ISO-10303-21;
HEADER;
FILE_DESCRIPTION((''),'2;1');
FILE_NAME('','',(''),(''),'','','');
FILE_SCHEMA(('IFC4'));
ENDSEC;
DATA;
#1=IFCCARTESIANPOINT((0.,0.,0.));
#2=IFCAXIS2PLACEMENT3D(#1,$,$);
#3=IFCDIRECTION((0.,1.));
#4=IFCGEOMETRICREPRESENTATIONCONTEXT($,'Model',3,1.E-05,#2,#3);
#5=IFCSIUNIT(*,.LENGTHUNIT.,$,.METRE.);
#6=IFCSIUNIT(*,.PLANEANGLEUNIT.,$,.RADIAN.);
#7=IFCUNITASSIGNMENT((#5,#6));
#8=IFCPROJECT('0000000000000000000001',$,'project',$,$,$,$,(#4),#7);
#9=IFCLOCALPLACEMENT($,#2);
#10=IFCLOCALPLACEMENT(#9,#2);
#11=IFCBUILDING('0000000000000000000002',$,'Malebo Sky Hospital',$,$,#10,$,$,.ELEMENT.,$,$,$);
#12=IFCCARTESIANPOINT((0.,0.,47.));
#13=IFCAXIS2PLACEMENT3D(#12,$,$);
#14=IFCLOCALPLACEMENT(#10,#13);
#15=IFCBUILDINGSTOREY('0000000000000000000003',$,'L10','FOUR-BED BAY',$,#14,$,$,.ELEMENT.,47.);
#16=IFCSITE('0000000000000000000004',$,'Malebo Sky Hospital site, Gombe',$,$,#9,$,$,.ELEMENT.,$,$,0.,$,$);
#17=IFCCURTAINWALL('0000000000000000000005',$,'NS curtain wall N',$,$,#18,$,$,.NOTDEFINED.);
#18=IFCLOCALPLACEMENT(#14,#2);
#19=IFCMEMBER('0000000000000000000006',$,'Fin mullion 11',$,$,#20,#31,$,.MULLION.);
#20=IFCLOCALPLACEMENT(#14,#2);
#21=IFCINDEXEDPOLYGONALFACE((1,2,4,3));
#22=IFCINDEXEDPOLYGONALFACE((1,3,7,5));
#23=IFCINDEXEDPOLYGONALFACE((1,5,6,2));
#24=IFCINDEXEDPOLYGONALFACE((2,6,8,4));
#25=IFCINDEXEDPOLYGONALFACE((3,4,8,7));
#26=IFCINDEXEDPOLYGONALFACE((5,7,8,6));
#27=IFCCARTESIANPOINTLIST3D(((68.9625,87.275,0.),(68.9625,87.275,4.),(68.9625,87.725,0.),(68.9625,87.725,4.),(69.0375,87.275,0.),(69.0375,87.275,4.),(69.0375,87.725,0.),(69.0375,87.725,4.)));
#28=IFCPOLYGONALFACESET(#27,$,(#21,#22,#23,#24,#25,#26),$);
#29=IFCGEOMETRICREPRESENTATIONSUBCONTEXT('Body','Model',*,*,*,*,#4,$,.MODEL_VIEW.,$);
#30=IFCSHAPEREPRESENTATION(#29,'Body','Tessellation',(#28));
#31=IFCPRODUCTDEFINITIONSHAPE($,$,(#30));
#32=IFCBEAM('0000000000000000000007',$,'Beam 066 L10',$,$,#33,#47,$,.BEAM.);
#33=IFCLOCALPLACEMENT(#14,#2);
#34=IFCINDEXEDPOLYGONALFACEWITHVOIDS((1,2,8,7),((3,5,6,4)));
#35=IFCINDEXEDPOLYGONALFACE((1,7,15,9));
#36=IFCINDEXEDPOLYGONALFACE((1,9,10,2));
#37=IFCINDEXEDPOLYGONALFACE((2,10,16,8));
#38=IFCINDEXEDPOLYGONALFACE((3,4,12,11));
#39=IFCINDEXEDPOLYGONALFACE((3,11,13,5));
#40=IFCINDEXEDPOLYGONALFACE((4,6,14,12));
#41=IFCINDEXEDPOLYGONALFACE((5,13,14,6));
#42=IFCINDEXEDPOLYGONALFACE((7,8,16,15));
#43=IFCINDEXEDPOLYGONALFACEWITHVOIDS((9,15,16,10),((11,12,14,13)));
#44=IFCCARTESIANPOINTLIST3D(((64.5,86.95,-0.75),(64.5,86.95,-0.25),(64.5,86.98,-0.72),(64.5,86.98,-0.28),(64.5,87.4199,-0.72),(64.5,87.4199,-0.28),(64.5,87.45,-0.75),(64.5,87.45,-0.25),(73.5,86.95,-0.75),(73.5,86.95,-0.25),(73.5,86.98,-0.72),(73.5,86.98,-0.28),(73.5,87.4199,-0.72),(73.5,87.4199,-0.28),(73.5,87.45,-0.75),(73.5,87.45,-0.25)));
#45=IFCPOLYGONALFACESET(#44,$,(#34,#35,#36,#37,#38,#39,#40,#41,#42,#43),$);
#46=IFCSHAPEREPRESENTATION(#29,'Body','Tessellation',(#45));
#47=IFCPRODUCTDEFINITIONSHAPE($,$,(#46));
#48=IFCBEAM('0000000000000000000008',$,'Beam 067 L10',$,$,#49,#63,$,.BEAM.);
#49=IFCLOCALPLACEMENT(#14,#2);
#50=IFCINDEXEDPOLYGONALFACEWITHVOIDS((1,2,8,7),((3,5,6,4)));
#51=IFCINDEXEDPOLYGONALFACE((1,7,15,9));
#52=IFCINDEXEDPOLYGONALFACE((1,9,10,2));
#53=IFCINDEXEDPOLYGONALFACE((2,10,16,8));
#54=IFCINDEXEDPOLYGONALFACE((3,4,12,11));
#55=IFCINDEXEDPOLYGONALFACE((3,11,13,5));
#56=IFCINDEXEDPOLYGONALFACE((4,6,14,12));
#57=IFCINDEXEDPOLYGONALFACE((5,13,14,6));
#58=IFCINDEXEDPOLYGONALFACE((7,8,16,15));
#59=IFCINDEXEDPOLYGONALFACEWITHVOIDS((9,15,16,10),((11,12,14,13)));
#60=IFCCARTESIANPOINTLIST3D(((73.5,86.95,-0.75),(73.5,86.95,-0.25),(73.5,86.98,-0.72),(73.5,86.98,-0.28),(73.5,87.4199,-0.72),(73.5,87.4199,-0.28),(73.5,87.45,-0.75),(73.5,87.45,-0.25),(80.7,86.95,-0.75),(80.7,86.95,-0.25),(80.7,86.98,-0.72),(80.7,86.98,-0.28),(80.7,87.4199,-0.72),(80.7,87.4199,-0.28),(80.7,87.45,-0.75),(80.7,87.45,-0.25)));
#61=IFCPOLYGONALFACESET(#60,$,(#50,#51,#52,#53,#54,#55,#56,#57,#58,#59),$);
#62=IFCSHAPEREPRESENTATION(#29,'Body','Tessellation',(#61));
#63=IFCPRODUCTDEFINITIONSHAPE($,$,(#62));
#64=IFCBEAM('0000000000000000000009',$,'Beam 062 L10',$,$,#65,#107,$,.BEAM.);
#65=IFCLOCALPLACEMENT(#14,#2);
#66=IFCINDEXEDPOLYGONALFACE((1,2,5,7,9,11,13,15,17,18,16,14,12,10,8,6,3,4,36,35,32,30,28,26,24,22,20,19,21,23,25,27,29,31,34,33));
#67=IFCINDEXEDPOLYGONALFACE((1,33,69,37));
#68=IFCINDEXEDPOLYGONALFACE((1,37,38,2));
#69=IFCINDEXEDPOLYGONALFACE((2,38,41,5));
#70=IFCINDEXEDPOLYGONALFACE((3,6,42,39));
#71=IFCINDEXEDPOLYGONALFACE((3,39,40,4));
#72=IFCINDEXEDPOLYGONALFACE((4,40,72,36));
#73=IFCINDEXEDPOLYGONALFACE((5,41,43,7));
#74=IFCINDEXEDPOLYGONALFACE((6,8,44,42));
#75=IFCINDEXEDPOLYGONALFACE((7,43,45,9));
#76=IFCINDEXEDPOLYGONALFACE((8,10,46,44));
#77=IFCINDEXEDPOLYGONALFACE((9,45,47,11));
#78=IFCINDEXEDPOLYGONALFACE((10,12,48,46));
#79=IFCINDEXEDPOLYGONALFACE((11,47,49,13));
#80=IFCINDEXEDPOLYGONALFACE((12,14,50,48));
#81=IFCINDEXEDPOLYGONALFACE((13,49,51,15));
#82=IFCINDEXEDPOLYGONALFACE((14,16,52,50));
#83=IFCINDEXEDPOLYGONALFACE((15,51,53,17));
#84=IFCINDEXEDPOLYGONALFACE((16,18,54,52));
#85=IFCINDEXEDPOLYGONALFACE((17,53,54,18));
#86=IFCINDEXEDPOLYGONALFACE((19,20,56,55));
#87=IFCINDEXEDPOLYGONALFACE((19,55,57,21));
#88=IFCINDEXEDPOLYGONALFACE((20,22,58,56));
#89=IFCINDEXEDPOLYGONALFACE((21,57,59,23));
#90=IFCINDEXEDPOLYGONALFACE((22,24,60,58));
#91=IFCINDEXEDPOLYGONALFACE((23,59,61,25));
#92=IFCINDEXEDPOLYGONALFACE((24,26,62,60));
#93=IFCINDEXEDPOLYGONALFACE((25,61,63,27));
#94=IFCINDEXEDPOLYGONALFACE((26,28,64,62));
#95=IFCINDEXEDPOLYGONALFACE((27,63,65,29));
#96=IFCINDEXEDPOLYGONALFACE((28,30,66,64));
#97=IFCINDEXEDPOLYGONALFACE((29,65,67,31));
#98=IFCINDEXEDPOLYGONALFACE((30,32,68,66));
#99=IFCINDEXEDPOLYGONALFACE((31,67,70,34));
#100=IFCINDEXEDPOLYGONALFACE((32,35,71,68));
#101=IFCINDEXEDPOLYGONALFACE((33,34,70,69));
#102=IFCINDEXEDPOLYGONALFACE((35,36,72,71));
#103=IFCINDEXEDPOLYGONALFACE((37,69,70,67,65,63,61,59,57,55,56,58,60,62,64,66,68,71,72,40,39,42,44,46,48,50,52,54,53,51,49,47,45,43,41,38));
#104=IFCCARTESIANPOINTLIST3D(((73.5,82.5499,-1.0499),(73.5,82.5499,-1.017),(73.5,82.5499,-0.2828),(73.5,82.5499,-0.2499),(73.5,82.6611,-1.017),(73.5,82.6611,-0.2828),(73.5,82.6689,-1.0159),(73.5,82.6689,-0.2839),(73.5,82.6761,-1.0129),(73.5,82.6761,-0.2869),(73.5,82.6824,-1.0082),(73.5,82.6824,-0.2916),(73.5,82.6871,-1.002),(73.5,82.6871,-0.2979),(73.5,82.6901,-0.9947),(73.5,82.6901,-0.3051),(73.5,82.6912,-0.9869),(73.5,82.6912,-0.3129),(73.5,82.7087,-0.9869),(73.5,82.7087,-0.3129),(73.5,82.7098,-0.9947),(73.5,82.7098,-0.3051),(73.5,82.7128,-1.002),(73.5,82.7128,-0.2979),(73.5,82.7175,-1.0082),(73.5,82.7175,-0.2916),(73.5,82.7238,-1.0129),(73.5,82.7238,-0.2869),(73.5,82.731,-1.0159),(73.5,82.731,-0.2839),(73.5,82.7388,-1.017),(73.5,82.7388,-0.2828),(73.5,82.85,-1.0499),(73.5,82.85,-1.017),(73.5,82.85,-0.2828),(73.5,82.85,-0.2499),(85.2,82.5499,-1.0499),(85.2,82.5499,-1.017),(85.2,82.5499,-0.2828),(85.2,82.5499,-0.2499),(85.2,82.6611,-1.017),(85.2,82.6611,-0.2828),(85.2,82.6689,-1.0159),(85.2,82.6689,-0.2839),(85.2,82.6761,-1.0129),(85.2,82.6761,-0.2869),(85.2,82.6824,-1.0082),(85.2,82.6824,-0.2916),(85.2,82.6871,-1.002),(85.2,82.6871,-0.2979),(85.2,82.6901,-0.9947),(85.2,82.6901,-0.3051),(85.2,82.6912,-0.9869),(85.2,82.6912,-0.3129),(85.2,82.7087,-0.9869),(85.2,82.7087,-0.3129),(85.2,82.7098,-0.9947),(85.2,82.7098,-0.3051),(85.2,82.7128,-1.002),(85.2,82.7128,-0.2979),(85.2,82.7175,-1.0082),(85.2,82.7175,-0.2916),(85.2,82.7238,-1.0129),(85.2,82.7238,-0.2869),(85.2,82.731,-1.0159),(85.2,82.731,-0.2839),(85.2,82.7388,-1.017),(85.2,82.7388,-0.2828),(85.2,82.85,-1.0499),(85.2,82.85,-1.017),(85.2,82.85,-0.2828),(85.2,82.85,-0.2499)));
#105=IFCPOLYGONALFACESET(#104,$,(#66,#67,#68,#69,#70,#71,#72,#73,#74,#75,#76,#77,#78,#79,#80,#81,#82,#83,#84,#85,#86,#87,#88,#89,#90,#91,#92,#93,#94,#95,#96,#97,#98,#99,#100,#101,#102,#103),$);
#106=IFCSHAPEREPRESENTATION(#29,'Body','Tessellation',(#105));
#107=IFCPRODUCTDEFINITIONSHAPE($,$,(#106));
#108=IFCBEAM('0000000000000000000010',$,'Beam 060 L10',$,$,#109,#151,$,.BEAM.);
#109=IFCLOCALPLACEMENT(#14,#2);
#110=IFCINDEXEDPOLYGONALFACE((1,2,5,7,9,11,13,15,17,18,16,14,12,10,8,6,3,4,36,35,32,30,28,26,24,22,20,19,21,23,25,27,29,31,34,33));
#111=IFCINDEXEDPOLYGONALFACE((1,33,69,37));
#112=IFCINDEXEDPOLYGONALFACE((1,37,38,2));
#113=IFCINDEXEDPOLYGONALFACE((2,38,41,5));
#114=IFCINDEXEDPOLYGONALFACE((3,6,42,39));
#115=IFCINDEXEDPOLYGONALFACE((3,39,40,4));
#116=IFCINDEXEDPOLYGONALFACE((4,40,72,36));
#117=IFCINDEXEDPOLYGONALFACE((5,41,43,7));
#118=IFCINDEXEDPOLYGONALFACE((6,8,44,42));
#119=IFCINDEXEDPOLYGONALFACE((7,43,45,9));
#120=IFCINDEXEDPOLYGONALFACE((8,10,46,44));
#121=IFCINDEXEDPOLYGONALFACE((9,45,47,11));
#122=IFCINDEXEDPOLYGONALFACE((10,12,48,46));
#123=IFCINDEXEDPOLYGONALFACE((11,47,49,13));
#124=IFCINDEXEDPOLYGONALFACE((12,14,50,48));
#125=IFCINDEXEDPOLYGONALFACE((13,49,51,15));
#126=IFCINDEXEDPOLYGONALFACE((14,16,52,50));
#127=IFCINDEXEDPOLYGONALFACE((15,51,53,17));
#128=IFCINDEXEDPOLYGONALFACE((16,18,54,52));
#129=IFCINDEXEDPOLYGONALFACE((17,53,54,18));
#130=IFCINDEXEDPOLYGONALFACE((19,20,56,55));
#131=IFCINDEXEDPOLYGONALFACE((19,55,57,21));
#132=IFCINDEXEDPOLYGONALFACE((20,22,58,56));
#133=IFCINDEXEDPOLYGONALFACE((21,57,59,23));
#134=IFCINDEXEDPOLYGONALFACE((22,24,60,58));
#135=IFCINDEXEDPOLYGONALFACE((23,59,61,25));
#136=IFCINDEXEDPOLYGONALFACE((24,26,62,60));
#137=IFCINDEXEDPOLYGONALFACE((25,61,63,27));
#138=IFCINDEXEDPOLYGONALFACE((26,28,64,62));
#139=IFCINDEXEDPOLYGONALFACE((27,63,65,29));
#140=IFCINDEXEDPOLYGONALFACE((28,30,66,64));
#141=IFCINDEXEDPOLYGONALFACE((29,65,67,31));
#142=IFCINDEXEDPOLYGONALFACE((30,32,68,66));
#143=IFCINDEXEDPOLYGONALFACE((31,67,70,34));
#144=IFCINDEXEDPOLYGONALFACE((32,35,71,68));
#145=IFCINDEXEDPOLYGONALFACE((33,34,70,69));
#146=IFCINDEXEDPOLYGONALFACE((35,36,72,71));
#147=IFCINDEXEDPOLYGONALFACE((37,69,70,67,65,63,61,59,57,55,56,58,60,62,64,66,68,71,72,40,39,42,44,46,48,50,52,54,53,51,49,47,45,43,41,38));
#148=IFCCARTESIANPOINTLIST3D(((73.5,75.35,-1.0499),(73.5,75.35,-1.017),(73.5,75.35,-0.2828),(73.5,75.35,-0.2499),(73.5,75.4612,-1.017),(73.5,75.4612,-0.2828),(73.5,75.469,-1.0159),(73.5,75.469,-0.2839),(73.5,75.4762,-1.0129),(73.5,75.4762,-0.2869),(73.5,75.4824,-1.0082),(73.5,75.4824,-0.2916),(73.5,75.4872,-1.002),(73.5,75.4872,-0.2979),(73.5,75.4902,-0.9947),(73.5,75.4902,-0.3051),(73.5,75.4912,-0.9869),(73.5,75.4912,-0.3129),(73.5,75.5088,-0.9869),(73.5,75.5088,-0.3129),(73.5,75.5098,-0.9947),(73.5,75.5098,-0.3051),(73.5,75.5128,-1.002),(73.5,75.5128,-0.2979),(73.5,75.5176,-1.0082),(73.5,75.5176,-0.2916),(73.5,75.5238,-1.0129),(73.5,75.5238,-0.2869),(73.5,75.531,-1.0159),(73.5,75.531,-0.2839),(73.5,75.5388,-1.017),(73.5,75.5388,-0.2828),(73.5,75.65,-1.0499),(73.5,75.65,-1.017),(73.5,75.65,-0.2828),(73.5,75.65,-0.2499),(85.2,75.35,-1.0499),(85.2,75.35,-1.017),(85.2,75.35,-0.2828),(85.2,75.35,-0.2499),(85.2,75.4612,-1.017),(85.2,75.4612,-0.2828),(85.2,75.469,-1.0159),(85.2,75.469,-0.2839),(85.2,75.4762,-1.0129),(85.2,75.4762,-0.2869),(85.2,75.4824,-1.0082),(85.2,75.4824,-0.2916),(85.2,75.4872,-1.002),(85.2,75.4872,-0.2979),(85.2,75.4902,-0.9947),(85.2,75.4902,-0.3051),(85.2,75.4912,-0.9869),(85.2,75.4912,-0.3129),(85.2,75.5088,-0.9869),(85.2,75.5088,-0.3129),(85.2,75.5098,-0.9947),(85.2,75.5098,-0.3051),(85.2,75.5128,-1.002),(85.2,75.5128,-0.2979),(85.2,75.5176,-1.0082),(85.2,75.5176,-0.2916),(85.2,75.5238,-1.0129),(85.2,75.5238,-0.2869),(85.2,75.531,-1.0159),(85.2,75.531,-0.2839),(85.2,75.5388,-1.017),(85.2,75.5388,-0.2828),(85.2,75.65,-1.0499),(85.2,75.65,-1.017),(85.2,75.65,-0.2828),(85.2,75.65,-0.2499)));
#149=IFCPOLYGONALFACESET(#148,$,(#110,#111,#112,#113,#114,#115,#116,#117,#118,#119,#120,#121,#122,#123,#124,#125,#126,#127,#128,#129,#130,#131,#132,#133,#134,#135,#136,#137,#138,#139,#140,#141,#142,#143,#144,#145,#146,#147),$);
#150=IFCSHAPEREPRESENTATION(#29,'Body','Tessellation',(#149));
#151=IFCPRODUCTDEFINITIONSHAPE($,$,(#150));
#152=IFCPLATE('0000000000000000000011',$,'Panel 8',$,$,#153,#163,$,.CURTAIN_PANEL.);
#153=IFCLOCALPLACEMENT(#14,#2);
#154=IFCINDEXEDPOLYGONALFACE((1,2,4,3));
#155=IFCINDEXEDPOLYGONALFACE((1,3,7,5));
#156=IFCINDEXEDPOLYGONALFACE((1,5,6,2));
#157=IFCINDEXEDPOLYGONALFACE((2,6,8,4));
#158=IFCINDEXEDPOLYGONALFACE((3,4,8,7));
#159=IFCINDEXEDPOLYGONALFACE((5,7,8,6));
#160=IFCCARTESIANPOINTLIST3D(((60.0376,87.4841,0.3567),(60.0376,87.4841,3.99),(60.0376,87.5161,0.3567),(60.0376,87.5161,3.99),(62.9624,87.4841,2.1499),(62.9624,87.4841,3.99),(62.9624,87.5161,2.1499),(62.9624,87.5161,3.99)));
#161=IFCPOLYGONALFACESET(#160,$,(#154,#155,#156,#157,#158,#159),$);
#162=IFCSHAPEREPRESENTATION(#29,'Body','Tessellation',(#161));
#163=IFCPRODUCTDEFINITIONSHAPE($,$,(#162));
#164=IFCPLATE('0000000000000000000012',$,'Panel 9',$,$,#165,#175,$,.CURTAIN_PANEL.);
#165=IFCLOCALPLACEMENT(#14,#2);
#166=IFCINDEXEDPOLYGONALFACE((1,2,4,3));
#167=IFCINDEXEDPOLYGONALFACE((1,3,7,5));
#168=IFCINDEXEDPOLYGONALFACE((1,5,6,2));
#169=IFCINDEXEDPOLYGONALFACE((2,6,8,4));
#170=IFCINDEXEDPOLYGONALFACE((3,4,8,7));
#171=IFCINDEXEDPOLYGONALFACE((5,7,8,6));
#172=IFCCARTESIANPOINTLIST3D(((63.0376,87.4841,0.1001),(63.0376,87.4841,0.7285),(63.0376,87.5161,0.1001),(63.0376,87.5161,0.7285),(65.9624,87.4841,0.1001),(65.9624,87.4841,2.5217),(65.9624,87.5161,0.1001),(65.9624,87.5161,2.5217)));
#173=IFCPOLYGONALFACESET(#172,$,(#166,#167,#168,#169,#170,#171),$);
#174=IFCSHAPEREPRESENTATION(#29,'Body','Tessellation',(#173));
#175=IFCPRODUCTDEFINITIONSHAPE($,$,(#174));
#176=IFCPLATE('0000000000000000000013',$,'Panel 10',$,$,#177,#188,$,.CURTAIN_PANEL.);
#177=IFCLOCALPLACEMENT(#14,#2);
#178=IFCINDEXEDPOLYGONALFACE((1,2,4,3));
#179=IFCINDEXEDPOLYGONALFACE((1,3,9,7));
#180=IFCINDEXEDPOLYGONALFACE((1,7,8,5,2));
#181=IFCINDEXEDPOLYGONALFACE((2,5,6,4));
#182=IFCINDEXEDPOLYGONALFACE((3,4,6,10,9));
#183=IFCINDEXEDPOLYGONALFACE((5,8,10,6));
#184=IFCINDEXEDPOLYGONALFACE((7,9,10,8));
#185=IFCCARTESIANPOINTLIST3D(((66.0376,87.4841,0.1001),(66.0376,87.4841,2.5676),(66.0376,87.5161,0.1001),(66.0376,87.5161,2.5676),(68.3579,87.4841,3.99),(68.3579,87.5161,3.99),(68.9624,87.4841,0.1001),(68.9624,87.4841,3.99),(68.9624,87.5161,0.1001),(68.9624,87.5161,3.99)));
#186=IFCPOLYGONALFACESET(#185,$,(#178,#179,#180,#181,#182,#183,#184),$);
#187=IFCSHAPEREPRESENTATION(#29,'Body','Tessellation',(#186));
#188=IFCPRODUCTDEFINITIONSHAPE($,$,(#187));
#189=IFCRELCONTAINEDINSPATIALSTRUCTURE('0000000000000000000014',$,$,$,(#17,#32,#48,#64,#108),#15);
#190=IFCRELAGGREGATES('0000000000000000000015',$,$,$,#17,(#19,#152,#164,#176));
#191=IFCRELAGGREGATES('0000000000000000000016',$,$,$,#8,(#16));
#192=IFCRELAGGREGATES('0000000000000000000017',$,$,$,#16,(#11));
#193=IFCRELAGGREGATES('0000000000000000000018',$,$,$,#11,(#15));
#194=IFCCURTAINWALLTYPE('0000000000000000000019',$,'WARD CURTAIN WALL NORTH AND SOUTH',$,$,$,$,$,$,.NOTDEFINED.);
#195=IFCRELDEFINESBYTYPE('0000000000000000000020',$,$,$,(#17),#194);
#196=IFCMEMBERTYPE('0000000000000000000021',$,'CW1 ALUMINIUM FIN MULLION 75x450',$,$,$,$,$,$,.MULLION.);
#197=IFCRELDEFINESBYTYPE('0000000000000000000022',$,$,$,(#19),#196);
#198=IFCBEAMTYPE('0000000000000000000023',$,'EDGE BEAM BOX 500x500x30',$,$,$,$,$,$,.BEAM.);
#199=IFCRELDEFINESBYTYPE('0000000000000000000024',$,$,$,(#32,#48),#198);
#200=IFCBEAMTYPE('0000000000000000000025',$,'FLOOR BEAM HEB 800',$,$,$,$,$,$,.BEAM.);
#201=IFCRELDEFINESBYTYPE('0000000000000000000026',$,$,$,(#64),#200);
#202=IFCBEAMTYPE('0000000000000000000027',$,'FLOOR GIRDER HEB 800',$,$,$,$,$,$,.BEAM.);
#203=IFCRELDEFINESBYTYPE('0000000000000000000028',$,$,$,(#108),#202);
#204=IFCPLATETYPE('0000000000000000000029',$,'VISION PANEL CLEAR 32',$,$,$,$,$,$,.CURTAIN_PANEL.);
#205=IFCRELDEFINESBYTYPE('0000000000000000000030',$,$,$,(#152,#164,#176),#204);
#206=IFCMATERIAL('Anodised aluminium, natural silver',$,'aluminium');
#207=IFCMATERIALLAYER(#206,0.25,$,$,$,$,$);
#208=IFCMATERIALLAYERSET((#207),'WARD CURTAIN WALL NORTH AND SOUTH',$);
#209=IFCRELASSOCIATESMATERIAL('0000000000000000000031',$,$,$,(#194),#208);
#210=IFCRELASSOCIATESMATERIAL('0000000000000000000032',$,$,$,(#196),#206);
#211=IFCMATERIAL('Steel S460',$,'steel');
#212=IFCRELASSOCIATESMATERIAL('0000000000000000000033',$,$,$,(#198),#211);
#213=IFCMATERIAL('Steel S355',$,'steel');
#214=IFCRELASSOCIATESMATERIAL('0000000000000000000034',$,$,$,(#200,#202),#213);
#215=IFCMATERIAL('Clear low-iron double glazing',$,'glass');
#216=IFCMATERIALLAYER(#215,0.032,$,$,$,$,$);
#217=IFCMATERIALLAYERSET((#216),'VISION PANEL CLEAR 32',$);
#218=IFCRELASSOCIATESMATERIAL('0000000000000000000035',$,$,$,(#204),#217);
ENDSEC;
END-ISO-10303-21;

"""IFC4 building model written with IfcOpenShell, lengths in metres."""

from ifc_helpers import new_model, si_unit, direction, frame, origin, origin_2d, place, context, subcontext, project, spatial, polyline, rectangle, hollow_rectangle, i_section, outline, extrude, material, layer, layer_set, material_profile, profile_set, type_object, element, aggregate, save


model = new_model("IFC4")

# Units and contexts
model_context = context("Model", 3, precision=1e-05, world=origin(), true_north=direction((0.0, 1.0)))
body_context = subcontext(model_context, "Body", "Model", "MODEL_VIEW")
ifc_project = project(units=[si_unit("LENGTHUNIT", "METRE"), si_unit("PLANEANGLEUNIT", "RADIAN")], contexts=[model_context])

# Site, building, storey
site_placement = place(None, origin())
site = spatial("IfcSite", under=ifc_project, at=site_placement, Name="Malebo Sky Hospital site, Gombe", CompositionType="ELEMENT", RefElevation=0.0)
building_placement = place(site_placement, origin())
building = spatial("IfcBuilding", under=site, at=building_placement, Name="Malebo Sky Hospital", CompositionType="ELEMENT")
storey_placement = place(building_placement, frame((0.0, 0.0, 47.0)))
storey = spatial("IfcBuildingStorey", under=building, at=storey_placement, Name="L10", Description="FOUR-BED BAY", CompositionType="ELEMENT", Elevation=47.0)

# Shared definitions
ifc_material_1 = material(Name="Steel S460", Category="steel")

# Curtain wall
ifc_material_2 = material(Name="Anodised aluminium, natural silver", Category="aluminium")
ifc_layer_1 = layer(ifc_material_2, 0.25)
ifc_layer_set_1 = layer_set([ifc_layer_1], Name="WARD CURTAIN WALL NORTH AND SOUTH")
curtain_wall_type = type_object("IfcCurtainWallType", Name="WARD CURTAIN WALL NORTH AND SOUTH", PredefinedType="NOTDEFINED", material=ifc_layer_set_1)
curtain_wall_placement = place(storey_placement, origin())
curtain_wall = element("IfcCurtainWall", 1, at=curtain_wall_placement, inside=storey, type_object=curtain_wall_type, Name="NS curtain wall N", PredefinedType="NOTDEFINED")

# Member
ifc_material_3 = material(Name="Steel S355", Category="steel")
ifc_material_profile_1 = material_profile(ifc_material_2, rectangle(XDim=0.075, YDim=0.45, at=origin_2d()), Name="CW1 ALUMINIUM FIN MULLION 75x450")
ifc_profile_set_1 = profile_set([ifc_material_profile_1], Name="Anodised aluminium, natural silver")
member_type_1 = type_object("IfcMemberType", Name="CW1 ALUMINIUM FIN MULLION 75x450", PredefinedType="MULLION", material=ifc_profile_set_1)
member_1_placement = place(storey_placement, frame((69.0, 87.5, 0.0), z_axis=(0.0, 0.0, 1.0), x_axis=(1.0, 0.0, 0.0)))
member_1 = element("IfcMember", 2, at=member_1_placement, type_object=member_type_1, Name="Fin mullion 11", PredefinedType="MULLION", context=body_context, shape_type="SweptSolid", body=[
    extrude(rectangle(XDim=0.075, YDim=0.45, at=origin_2d()), origin(), (0.0, 0.0, 1.0), 4.0),
])

# Beams
ifc_material_profile_2 = material_profile(ifc_material_1, hollow_rectangle(XDim=0.5, YDim=0.5, WallThickness=0.03, at=origin_2d()), Name="BOX 500x500x30")
ifc_profile_set_2 = profile_set([ifc_material_profile_2], Name="Steel S460")
beam_type_1 = type_object("IfcBeamType", Name="EDGE BEAM BOX 500x500x30", PredefinedType="BEAM", material=ifc_profile_set_2)
beam_1_placement = place(storey_placement, frame((64.5, 87.2, -0.5), z_axis=(1.0, 0.0, 0.0), x_axis=(0.0, 1.0, 0.0)))
element("IfcBeam", 3, at=beam_1_placement, inside=storey, type_object=beam_type_1, Name="Beam 066 L10", PredefinedType="BEAM", context=body_context, shape_type="SweptSolid", body=[
    extrude(hollow_rectangle(XDim=0.5, YDim=0.5, WallThickness=0.03, at=origin_2d()), origin(), (0.0, 0.0, 1.0), 9.0),
])
beam_2_placement = place(storey_placement, frame((73.5, 87.2, -0.5), z_axis=(1.0, 0.0, 0.0), x_axis=(0.0, 1.0, 0.0)))
element("IfcBeam", 4, at=beam_2_placement, inside=storey, type_object=beam_type_1, Name="Beam 067 L10", PredefinedType="BEAM", context=body_context, shape_type="SweptSolid", body=[
    extrude(hollow_rectangle(XDim=0.5, YDim=0.5, WallThickness=0.03, at=origin_2d()), origin(), (0.0, 0.0, 1.0), 7.2),
])
ifc_material_profile_3 = material_profile(ifc_material_3, i_section(OverallWidth=0.3, OverallDepth=0.8, WebThickness=0.0176, FlangeThickness=0.033, FilletRadius=0.03, at=origin_2d()), Name="HEB 800")
ifc_profile_set_3 = profile_set([ifc_material_profile_3], Name="Steel S355")
beam_type_2 = type_object("IfcBeamType", Name="FLOOR BEAM HEB 800", PredefinedType="BEAM", material=ifc_profile_set_3)
beam_3_placement = place(storey_placement, frame((73.5, 82.7, -0.6499), z_axis=(1.0, 0.0, 0.0), x_axis=(0.0, 1.0, 0.0)))
element("IfcBeam", 5, at=beam_3_placement, inside=storey, type_object=beam_type_2, Name="Beam 062 L10", PredefinedType="BEAM", context=body_context, shape_type="SweptSolid", body=[
    extrude(i_section(OverallWidth=0.3, OverallDepth=0.8, WebThickness=0.0176, FlangeThickness=0.033, FilletRadius=0.03, at=origin_2d()), origin(), (0.0, 0.0, 1.0), 11.7),
])
ifc_material_profile_4 = material_profile(ifc_material_3, i_section(OverallWidth=0.3, OverallDepth=0.8, WebThickness=0.0176, FlangeThickness=0.033, FilletRadius=0.03, at=origin_2d()), Name="HEB 800")
ifc_profile_set_4 = profile_set([ifc_material_profile_4], Name="Steel S355")
beam_type_3 = type_object("IfcBeamType", Name="FLOOR GIRDER HEB 800", PredefinedType="BEAM", material=ifc_profile_set_4)
beam_4_placement = place(storey_placement, frame((73.5, 75.5, -0.6499), z_axis=(1.0, 0.0, 0.0), x_axis=(0.0, 1.0, 0.0)))
element("IfcBeam", 6, at=beam_4_placement, inside=storey, type_object=beam_type_3, Name="Beam 060 L10", PredefinedType="BEAM", context=body_context, shape_type="SweptSolid", body=[
    extrude(i_section(OverallWidth=0.3, OverallDepth=0.8, WebThickness=0.0176, FlangeThickness=0.033, FilletRadius=0.03, at=origin_2d()), origin(), (0.0, 0.0, 1.0), 11.7),
])

# Plates
ifc_material_4 = material(Name="Clear low-iron double glazing", Category="glass")
ifc_layer_2 = layer(ifc_material_4, 0.032)
ifc_layer_set_2 = layer_set([ifc_layer_2], Name="VISION PANEL CLEAR 32")
plate_type = type_object("IfcPlateType", Name="VISION PANEL CLEAR 32", PredefinedType="CURTAIN_PANEL", material=ifc_layer_set_2)
plate_1_placement = place(storey_placement, frame((61.5, 87.5, 0.3567), z_axis=(0.0, 0.0, 1.0), x_axis=(1.0, 0.0, 0.0)))
plate_1 = element("IfcPlate", 7, at=plate_1_placement, type_object=plate_type, Name="Panel 8", PredefinedType="CURTAIN_PANEL", context=body_context, shape_type="SweptSolid", body=[
    extrude(outline(polyline([(-1.4624, 0.0), (1.4624, 1.7932), (1.4624, 3.6333), (-1.4624, 3.6333), (-1.4624, 0.0)])), frame((0.0, 0.0161, 0.0), z_axis=(0.0, -1.0, 0.0), x_axis=(1.0, 0.0, 0.0)), (0.0, 0.0, 1.0), 0.032),
])
plate_2_placement = place(storey_placement, frame((64.5, 87.5, 0.1001), z_axis=(0.0, 0.0, 1.0), x_axis=(1.0, 0.0, 0.0)))
plate_2 = element("IfcPlate", 8, at=plate_2_placement, type_object=plate_type, Name="Panel 9", PredefinedType="CURTAIN_PANEL", context=body_context, shape_type="SweptSolid", body=[
    extrude(outline(polyline([(-1.4624, 0.0), (1.4624, 0.0), (1.4624, 2.4216), (-1.4624, 0.6284), (-1.4624, 0.0)])), frame((0.0, 0.0161, 0.0), z_axis=(0.0, -1.0, 0.0), x_axis=(1.0, 0.0, 0.0)), (0.0, 0.0, 1.0), 0.032),
])
plate_3_placement = place(storey_placement, frame((67.5, 87.5, 0.1001), z_axis=(0.0, 0.0, 1.0), x_axis=(1.0, 0.0, 0.0)))
plate_3 = element("IfcPlate", 9, at=plate_3_placement, type_object=plate_type, Name="Panel 10", PredefinedType="CURTAIN_PANEL", context=body_context, shape_type="SweptSolid", body=[
    extrude(outline(polyline([(-1.4624, 0.0), (1.4624, 0.0), (1.4624, 3.8899), (0.8579, 3.8899), (-1.4624, 2.4675), (-1.4624, 0.0)])), frame((0.0, 0.0161, 0.0), z_axis=(0.0, -1.0, 0.0), x_axis=(1.0, 0.0, 0.0)), (0.0, 0.0, 1.0), 0.032),
])
aggregate(curtain_wall, [member_1, plate_1, plate_2, plate_3])

save(model, "model.ifc")
